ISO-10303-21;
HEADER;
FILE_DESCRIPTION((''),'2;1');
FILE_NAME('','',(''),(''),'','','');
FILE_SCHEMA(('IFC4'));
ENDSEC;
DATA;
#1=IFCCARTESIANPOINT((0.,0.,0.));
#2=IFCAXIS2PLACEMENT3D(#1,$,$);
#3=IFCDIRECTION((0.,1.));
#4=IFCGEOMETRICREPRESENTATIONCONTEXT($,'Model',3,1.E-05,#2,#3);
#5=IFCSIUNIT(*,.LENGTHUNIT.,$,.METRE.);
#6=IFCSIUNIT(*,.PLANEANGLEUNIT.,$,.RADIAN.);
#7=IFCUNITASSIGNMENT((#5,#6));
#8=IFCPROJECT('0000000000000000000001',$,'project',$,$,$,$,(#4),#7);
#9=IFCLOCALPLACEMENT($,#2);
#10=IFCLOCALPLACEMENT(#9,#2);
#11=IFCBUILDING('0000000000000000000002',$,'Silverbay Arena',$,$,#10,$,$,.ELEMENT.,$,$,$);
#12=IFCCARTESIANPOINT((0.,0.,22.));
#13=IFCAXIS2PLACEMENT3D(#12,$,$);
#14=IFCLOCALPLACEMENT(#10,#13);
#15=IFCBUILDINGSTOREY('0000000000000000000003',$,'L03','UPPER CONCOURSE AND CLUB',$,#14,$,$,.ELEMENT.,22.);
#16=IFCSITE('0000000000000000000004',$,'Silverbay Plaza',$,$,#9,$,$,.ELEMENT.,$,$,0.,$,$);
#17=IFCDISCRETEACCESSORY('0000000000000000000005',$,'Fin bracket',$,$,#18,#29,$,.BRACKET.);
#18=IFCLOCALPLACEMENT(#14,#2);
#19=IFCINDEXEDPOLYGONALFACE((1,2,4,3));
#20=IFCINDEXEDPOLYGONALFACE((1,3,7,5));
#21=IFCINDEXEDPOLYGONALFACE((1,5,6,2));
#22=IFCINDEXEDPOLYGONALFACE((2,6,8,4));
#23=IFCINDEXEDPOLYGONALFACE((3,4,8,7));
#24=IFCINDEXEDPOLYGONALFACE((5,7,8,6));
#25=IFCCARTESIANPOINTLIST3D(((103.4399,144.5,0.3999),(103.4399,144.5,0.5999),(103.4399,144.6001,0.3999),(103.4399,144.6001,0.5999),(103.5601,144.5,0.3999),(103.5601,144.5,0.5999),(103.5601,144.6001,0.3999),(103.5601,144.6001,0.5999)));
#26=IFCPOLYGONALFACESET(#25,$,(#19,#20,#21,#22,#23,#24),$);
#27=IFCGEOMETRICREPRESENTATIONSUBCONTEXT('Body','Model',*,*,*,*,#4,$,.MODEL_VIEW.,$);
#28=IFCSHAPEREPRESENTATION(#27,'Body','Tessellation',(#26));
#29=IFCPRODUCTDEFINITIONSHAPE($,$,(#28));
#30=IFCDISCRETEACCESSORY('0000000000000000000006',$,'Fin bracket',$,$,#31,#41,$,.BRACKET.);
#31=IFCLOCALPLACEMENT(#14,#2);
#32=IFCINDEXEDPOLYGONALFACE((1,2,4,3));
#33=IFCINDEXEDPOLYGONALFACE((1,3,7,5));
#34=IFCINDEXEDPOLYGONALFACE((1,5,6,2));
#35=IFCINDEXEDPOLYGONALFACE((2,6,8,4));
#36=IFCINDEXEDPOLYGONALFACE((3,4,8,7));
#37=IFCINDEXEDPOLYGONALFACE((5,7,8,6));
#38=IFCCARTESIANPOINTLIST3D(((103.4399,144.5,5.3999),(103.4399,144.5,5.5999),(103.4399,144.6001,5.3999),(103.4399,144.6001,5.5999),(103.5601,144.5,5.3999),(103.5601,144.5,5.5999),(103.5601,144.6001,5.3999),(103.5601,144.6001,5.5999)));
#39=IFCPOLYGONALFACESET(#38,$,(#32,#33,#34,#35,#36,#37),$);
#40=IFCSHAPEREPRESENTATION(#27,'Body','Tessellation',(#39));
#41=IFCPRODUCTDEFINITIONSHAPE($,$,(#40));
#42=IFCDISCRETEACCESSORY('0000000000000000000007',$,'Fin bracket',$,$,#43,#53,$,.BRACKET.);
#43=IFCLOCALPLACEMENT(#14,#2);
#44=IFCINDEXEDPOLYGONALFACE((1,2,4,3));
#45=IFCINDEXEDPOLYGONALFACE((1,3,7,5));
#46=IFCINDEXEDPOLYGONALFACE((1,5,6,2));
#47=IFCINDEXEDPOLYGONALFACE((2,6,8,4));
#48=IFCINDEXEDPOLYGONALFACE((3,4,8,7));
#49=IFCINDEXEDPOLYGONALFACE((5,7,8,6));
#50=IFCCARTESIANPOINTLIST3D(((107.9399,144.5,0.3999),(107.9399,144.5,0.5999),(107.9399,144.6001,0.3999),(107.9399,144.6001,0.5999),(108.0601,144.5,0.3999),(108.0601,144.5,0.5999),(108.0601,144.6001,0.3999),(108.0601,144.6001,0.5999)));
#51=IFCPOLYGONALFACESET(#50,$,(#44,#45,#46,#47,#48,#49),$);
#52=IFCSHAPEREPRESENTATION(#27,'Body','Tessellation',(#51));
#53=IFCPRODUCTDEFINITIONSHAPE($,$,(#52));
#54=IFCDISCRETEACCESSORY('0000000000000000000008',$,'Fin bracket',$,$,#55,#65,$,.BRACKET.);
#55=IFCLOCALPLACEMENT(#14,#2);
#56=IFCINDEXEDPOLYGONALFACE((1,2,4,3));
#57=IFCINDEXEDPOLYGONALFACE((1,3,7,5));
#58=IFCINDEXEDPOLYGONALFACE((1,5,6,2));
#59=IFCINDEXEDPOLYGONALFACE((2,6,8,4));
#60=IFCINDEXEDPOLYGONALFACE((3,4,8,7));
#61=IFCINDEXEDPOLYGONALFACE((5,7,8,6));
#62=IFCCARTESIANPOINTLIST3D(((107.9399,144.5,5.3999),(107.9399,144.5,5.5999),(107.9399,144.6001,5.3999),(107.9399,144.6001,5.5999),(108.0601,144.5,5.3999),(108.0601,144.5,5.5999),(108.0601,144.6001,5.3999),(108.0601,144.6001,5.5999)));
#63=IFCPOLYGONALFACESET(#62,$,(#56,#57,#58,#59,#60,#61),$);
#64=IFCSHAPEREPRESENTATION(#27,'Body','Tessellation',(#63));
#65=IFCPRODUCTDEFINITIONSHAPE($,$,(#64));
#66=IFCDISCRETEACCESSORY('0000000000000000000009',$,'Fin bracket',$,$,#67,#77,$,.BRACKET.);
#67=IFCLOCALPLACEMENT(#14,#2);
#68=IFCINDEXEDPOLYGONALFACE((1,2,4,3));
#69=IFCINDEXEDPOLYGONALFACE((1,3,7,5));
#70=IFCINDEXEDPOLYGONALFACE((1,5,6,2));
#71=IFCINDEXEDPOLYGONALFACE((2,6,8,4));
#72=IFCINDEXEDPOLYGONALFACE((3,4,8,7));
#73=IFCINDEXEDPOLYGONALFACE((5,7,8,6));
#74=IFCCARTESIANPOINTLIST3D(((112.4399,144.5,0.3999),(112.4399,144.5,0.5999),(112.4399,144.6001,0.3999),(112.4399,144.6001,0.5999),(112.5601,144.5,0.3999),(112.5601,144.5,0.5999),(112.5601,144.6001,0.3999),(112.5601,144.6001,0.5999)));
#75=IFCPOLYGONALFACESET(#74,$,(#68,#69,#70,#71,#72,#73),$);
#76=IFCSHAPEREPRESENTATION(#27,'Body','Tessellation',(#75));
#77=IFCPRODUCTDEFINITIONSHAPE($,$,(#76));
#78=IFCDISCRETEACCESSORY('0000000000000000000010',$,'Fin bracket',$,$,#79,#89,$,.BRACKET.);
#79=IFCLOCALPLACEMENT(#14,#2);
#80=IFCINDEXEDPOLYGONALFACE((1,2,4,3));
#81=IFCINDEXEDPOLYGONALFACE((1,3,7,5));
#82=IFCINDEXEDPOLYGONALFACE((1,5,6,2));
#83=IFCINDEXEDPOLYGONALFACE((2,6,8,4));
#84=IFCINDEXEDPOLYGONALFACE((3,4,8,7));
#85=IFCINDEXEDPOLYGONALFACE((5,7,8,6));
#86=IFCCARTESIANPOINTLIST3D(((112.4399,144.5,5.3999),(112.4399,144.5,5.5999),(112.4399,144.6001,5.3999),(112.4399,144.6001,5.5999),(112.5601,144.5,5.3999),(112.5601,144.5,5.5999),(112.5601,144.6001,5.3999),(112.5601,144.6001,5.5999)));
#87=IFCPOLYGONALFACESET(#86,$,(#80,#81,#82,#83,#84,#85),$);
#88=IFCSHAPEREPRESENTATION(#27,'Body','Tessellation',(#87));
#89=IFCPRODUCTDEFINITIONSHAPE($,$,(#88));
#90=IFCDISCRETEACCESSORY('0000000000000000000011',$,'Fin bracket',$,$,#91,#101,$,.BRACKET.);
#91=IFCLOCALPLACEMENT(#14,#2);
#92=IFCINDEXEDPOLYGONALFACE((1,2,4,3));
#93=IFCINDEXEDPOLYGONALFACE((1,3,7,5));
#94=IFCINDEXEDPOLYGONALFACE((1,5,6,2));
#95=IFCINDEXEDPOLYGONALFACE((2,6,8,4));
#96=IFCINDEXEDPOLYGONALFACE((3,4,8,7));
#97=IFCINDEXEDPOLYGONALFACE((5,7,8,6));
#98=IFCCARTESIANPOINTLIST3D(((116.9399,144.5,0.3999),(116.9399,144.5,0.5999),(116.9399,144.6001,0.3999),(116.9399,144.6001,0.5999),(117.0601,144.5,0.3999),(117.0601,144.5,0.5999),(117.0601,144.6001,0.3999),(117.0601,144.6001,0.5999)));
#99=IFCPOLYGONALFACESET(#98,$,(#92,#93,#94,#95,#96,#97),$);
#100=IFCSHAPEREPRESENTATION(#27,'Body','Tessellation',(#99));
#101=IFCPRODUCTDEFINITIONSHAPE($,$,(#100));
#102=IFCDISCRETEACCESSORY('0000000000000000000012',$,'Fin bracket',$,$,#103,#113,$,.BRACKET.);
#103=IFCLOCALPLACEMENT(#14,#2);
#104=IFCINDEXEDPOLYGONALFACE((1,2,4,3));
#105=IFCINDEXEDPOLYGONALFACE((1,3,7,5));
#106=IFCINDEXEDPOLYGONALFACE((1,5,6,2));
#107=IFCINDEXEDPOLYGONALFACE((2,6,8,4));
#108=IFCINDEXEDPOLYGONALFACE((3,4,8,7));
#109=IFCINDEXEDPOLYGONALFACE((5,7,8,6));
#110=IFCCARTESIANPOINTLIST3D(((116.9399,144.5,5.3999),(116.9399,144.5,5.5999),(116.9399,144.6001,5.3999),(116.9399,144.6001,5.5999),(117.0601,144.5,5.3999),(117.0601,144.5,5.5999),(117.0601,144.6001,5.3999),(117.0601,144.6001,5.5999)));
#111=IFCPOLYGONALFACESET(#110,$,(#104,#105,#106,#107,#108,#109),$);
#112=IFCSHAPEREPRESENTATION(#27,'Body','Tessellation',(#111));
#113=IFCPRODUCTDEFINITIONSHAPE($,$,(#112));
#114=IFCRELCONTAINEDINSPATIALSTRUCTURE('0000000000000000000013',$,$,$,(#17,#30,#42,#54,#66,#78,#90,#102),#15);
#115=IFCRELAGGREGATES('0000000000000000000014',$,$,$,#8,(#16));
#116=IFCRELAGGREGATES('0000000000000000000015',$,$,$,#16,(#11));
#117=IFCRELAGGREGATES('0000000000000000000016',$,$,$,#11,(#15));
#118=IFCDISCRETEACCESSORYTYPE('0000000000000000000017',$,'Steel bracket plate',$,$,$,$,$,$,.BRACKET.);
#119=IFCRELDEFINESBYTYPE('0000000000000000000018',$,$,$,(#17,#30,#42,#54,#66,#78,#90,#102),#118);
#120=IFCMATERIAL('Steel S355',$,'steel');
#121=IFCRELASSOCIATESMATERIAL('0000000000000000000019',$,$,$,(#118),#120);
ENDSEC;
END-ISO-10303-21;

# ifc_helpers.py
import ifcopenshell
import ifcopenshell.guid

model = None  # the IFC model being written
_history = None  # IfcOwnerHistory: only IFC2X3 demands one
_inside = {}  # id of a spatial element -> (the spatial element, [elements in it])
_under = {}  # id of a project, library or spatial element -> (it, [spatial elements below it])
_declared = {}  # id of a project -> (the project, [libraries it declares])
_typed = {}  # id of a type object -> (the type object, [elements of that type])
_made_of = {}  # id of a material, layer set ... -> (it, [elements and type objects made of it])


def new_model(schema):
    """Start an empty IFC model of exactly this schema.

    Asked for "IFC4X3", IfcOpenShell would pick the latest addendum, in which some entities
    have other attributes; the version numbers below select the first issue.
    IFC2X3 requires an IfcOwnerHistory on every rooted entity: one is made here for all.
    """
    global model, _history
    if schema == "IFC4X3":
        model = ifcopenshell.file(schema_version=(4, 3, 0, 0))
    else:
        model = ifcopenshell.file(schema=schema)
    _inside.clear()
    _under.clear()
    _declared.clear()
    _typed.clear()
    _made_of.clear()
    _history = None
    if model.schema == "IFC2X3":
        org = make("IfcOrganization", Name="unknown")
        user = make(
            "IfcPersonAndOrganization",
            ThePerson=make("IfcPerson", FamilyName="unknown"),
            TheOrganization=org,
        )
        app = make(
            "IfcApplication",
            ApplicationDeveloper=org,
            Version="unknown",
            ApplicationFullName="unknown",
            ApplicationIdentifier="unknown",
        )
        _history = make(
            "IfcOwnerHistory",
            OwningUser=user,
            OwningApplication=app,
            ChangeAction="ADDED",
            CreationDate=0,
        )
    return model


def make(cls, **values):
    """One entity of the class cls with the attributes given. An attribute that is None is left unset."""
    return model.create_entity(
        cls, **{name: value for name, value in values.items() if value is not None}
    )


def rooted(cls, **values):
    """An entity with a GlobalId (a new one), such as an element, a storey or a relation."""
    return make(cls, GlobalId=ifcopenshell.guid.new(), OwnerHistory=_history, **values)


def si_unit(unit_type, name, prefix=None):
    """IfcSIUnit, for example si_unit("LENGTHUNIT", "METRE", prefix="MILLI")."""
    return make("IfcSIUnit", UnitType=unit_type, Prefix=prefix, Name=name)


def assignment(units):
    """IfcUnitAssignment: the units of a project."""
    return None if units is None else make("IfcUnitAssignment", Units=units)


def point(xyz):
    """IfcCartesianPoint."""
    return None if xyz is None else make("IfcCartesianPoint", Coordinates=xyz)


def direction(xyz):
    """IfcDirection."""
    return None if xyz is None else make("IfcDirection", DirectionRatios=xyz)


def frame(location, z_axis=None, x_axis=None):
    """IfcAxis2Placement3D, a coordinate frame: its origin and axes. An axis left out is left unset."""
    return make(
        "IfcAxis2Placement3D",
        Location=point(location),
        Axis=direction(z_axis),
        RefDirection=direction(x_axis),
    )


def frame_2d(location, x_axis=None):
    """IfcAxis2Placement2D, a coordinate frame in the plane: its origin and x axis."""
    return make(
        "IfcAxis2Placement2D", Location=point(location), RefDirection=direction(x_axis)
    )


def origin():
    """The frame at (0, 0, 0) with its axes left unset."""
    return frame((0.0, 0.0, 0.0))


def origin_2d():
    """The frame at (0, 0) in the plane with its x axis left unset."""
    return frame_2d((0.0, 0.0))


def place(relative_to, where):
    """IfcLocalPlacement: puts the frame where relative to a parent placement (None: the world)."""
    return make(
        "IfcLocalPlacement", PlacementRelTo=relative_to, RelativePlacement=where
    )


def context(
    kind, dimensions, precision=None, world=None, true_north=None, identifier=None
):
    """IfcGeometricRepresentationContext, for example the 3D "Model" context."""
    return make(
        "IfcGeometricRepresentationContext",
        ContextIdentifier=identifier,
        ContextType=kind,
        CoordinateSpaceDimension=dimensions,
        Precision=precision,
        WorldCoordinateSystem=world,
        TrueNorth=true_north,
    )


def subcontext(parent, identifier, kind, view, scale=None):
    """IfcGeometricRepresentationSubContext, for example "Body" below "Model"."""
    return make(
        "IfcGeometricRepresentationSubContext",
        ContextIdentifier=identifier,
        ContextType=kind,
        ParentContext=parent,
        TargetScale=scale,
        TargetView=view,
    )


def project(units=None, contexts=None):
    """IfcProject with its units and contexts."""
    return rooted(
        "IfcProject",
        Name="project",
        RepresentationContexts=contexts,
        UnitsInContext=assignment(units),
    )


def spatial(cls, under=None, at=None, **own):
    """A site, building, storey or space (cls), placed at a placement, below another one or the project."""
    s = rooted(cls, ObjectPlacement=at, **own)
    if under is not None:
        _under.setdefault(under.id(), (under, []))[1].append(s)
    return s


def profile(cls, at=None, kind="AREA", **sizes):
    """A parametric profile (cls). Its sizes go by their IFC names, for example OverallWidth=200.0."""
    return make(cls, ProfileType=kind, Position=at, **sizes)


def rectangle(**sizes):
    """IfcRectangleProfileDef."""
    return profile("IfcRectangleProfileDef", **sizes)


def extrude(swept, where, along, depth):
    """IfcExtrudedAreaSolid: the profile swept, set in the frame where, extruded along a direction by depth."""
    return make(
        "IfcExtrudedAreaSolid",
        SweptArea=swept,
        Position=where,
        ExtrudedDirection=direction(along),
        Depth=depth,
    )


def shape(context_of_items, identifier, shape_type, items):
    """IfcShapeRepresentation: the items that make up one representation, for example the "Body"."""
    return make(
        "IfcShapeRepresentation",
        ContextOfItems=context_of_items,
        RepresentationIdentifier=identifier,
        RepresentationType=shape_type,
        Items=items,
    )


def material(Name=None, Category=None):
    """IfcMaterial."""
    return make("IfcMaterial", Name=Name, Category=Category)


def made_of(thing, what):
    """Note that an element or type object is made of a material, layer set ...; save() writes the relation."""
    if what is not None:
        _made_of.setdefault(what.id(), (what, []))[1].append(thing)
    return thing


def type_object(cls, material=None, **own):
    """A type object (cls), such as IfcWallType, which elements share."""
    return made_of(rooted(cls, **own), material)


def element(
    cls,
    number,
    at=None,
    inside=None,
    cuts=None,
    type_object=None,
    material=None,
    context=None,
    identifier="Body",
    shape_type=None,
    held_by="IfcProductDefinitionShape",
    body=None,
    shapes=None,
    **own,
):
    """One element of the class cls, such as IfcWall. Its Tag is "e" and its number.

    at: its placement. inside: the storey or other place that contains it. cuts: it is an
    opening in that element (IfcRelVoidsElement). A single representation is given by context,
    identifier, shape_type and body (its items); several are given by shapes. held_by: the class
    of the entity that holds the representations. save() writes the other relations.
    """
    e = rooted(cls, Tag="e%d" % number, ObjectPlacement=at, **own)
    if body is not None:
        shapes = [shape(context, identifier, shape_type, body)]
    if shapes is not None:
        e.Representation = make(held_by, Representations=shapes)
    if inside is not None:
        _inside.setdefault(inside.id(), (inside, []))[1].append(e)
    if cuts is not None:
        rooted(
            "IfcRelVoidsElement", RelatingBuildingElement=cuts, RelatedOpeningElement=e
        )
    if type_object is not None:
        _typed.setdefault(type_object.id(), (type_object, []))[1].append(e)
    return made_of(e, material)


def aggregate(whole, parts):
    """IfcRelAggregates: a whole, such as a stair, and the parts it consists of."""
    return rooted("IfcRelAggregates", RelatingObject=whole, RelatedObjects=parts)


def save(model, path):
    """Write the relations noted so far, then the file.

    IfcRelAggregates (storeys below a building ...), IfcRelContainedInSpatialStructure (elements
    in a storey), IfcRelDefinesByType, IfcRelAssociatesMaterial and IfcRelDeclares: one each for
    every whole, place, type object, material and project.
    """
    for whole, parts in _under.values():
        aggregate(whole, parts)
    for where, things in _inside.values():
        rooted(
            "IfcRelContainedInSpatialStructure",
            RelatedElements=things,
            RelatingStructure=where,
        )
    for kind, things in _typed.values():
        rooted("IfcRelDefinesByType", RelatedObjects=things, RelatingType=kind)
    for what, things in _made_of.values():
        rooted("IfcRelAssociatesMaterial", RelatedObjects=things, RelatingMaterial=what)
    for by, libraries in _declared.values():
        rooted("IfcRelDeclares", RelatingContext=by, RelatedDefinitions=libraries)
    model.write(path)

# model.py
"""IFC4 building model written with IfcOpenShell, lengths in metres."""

from ifc_helpers import new_model, si_unit, direction, frame, origin, origin_2d, place, context, subcontext, project, spatial, rectangle, extrude, material, type_object, element, save


model = new_model("IFC4")

# Units and contexts
model_context = context("Model", 3, precision=1e-05, world=origin(), true_north=direction((0.0, 1.0)))
body_context = subcontext(model_context, "Body", "Model", "MODEL_VIEW")
ifc_project = project(units=[si_unit("LENGTHUNIT", "METRE"), si_unit("PLANEANGLEUNIT", "RADIAN")], contexts=[model_context])

# Site, building, storey
site_placement = place(None, origin())
site = spatial("IfcSite", under=ifc_project, at=site_placement, Name="Silverbay Plaza", CompositionType="ELEMENT", RefElevation=0.0)
building_placement = place(site_placement, origin())
building = spatial("IfcBuilding", under=site, at=building_placement, Name="Silverbay Arena", CompositionType="ELEMENT")
storey_placement = place(building_placement, frame((0.0, 0.0, 22.0)))
storey = spatial("IfcBuildingStorey", under=building, at=storey_placement, Name="L03", Description="UPPER CONCOURSE AND CLUB", CompositionType="ELEMENT", Elevation=22.0)

# Discrete accessories
ifc_material_1 = material(Name="Steel S355", Category="steel")
discrete_accessory_type = type_object("IfcDiscreteAccessoryType", Name="Steel bracket plate", PredefinedType="BRACKET", material=ifc_material_1)
for number, where, z_axis, x_axis, name in (
    (1, (103.5, 144.55, 0.3999), (0.0, 0.0, 1.0), (1.0, 0.0, 0.0), "Fin bracket"),
    (2, (103.5, 144.55, 5.3999), (0.0, 0.0, 1.0), (1.0, 0.0, 0.0), "Fin bracket"),
    (3, (108.0, 144.55, 0.3999), (0.0, 0.0, 1.0), (1.0, 0.0, 0.0), "Fin bracket"),
    (4, (108.0, 144.55, 5.3999), (0.0, 0.0, 1.0), (1.0, 0.0, 0.0), "Fin bracket"),
    (5, (112.5, 144.55, 0.3999), (0.0, 0.0, 1.0), (1.0, 0.0, 0.0), "Fin bracket"),
    (6, (112.5, 144.55, 5.3999), (0.0, 0.0, 1.0), (1.0, 0.0, 0.0), "Fin bracket"),
    (7, (117.0, 144.55, 0.3999), (0.0, 0.0, 1.0), (1.0, 0.0, 0.0), "Fin bracket"),
    (8, (117.0, 144.55, 5.3999), (0.0, 0.0, 1.0), (1.0, 0.0, 0.0), "Fin bracket"),
):
    element("IfcDiscreteAccessory", number, at=place(storey_placement, frame(where, z_axis=z_axis, x_axis=x_axis)), inside=storey, type_object=discrete_accessory_type, Name=name, PredefinedType="BRACKET", context=body_context, shape_type="SweptSolid", body=[
        extrude(rectangle(XDim=0.1201, YDim=0.1001, at=origin_2d()), origin(), (0.0, 0.0, 1.0), 0.2),
    ])

save(model, "model.ifc")
